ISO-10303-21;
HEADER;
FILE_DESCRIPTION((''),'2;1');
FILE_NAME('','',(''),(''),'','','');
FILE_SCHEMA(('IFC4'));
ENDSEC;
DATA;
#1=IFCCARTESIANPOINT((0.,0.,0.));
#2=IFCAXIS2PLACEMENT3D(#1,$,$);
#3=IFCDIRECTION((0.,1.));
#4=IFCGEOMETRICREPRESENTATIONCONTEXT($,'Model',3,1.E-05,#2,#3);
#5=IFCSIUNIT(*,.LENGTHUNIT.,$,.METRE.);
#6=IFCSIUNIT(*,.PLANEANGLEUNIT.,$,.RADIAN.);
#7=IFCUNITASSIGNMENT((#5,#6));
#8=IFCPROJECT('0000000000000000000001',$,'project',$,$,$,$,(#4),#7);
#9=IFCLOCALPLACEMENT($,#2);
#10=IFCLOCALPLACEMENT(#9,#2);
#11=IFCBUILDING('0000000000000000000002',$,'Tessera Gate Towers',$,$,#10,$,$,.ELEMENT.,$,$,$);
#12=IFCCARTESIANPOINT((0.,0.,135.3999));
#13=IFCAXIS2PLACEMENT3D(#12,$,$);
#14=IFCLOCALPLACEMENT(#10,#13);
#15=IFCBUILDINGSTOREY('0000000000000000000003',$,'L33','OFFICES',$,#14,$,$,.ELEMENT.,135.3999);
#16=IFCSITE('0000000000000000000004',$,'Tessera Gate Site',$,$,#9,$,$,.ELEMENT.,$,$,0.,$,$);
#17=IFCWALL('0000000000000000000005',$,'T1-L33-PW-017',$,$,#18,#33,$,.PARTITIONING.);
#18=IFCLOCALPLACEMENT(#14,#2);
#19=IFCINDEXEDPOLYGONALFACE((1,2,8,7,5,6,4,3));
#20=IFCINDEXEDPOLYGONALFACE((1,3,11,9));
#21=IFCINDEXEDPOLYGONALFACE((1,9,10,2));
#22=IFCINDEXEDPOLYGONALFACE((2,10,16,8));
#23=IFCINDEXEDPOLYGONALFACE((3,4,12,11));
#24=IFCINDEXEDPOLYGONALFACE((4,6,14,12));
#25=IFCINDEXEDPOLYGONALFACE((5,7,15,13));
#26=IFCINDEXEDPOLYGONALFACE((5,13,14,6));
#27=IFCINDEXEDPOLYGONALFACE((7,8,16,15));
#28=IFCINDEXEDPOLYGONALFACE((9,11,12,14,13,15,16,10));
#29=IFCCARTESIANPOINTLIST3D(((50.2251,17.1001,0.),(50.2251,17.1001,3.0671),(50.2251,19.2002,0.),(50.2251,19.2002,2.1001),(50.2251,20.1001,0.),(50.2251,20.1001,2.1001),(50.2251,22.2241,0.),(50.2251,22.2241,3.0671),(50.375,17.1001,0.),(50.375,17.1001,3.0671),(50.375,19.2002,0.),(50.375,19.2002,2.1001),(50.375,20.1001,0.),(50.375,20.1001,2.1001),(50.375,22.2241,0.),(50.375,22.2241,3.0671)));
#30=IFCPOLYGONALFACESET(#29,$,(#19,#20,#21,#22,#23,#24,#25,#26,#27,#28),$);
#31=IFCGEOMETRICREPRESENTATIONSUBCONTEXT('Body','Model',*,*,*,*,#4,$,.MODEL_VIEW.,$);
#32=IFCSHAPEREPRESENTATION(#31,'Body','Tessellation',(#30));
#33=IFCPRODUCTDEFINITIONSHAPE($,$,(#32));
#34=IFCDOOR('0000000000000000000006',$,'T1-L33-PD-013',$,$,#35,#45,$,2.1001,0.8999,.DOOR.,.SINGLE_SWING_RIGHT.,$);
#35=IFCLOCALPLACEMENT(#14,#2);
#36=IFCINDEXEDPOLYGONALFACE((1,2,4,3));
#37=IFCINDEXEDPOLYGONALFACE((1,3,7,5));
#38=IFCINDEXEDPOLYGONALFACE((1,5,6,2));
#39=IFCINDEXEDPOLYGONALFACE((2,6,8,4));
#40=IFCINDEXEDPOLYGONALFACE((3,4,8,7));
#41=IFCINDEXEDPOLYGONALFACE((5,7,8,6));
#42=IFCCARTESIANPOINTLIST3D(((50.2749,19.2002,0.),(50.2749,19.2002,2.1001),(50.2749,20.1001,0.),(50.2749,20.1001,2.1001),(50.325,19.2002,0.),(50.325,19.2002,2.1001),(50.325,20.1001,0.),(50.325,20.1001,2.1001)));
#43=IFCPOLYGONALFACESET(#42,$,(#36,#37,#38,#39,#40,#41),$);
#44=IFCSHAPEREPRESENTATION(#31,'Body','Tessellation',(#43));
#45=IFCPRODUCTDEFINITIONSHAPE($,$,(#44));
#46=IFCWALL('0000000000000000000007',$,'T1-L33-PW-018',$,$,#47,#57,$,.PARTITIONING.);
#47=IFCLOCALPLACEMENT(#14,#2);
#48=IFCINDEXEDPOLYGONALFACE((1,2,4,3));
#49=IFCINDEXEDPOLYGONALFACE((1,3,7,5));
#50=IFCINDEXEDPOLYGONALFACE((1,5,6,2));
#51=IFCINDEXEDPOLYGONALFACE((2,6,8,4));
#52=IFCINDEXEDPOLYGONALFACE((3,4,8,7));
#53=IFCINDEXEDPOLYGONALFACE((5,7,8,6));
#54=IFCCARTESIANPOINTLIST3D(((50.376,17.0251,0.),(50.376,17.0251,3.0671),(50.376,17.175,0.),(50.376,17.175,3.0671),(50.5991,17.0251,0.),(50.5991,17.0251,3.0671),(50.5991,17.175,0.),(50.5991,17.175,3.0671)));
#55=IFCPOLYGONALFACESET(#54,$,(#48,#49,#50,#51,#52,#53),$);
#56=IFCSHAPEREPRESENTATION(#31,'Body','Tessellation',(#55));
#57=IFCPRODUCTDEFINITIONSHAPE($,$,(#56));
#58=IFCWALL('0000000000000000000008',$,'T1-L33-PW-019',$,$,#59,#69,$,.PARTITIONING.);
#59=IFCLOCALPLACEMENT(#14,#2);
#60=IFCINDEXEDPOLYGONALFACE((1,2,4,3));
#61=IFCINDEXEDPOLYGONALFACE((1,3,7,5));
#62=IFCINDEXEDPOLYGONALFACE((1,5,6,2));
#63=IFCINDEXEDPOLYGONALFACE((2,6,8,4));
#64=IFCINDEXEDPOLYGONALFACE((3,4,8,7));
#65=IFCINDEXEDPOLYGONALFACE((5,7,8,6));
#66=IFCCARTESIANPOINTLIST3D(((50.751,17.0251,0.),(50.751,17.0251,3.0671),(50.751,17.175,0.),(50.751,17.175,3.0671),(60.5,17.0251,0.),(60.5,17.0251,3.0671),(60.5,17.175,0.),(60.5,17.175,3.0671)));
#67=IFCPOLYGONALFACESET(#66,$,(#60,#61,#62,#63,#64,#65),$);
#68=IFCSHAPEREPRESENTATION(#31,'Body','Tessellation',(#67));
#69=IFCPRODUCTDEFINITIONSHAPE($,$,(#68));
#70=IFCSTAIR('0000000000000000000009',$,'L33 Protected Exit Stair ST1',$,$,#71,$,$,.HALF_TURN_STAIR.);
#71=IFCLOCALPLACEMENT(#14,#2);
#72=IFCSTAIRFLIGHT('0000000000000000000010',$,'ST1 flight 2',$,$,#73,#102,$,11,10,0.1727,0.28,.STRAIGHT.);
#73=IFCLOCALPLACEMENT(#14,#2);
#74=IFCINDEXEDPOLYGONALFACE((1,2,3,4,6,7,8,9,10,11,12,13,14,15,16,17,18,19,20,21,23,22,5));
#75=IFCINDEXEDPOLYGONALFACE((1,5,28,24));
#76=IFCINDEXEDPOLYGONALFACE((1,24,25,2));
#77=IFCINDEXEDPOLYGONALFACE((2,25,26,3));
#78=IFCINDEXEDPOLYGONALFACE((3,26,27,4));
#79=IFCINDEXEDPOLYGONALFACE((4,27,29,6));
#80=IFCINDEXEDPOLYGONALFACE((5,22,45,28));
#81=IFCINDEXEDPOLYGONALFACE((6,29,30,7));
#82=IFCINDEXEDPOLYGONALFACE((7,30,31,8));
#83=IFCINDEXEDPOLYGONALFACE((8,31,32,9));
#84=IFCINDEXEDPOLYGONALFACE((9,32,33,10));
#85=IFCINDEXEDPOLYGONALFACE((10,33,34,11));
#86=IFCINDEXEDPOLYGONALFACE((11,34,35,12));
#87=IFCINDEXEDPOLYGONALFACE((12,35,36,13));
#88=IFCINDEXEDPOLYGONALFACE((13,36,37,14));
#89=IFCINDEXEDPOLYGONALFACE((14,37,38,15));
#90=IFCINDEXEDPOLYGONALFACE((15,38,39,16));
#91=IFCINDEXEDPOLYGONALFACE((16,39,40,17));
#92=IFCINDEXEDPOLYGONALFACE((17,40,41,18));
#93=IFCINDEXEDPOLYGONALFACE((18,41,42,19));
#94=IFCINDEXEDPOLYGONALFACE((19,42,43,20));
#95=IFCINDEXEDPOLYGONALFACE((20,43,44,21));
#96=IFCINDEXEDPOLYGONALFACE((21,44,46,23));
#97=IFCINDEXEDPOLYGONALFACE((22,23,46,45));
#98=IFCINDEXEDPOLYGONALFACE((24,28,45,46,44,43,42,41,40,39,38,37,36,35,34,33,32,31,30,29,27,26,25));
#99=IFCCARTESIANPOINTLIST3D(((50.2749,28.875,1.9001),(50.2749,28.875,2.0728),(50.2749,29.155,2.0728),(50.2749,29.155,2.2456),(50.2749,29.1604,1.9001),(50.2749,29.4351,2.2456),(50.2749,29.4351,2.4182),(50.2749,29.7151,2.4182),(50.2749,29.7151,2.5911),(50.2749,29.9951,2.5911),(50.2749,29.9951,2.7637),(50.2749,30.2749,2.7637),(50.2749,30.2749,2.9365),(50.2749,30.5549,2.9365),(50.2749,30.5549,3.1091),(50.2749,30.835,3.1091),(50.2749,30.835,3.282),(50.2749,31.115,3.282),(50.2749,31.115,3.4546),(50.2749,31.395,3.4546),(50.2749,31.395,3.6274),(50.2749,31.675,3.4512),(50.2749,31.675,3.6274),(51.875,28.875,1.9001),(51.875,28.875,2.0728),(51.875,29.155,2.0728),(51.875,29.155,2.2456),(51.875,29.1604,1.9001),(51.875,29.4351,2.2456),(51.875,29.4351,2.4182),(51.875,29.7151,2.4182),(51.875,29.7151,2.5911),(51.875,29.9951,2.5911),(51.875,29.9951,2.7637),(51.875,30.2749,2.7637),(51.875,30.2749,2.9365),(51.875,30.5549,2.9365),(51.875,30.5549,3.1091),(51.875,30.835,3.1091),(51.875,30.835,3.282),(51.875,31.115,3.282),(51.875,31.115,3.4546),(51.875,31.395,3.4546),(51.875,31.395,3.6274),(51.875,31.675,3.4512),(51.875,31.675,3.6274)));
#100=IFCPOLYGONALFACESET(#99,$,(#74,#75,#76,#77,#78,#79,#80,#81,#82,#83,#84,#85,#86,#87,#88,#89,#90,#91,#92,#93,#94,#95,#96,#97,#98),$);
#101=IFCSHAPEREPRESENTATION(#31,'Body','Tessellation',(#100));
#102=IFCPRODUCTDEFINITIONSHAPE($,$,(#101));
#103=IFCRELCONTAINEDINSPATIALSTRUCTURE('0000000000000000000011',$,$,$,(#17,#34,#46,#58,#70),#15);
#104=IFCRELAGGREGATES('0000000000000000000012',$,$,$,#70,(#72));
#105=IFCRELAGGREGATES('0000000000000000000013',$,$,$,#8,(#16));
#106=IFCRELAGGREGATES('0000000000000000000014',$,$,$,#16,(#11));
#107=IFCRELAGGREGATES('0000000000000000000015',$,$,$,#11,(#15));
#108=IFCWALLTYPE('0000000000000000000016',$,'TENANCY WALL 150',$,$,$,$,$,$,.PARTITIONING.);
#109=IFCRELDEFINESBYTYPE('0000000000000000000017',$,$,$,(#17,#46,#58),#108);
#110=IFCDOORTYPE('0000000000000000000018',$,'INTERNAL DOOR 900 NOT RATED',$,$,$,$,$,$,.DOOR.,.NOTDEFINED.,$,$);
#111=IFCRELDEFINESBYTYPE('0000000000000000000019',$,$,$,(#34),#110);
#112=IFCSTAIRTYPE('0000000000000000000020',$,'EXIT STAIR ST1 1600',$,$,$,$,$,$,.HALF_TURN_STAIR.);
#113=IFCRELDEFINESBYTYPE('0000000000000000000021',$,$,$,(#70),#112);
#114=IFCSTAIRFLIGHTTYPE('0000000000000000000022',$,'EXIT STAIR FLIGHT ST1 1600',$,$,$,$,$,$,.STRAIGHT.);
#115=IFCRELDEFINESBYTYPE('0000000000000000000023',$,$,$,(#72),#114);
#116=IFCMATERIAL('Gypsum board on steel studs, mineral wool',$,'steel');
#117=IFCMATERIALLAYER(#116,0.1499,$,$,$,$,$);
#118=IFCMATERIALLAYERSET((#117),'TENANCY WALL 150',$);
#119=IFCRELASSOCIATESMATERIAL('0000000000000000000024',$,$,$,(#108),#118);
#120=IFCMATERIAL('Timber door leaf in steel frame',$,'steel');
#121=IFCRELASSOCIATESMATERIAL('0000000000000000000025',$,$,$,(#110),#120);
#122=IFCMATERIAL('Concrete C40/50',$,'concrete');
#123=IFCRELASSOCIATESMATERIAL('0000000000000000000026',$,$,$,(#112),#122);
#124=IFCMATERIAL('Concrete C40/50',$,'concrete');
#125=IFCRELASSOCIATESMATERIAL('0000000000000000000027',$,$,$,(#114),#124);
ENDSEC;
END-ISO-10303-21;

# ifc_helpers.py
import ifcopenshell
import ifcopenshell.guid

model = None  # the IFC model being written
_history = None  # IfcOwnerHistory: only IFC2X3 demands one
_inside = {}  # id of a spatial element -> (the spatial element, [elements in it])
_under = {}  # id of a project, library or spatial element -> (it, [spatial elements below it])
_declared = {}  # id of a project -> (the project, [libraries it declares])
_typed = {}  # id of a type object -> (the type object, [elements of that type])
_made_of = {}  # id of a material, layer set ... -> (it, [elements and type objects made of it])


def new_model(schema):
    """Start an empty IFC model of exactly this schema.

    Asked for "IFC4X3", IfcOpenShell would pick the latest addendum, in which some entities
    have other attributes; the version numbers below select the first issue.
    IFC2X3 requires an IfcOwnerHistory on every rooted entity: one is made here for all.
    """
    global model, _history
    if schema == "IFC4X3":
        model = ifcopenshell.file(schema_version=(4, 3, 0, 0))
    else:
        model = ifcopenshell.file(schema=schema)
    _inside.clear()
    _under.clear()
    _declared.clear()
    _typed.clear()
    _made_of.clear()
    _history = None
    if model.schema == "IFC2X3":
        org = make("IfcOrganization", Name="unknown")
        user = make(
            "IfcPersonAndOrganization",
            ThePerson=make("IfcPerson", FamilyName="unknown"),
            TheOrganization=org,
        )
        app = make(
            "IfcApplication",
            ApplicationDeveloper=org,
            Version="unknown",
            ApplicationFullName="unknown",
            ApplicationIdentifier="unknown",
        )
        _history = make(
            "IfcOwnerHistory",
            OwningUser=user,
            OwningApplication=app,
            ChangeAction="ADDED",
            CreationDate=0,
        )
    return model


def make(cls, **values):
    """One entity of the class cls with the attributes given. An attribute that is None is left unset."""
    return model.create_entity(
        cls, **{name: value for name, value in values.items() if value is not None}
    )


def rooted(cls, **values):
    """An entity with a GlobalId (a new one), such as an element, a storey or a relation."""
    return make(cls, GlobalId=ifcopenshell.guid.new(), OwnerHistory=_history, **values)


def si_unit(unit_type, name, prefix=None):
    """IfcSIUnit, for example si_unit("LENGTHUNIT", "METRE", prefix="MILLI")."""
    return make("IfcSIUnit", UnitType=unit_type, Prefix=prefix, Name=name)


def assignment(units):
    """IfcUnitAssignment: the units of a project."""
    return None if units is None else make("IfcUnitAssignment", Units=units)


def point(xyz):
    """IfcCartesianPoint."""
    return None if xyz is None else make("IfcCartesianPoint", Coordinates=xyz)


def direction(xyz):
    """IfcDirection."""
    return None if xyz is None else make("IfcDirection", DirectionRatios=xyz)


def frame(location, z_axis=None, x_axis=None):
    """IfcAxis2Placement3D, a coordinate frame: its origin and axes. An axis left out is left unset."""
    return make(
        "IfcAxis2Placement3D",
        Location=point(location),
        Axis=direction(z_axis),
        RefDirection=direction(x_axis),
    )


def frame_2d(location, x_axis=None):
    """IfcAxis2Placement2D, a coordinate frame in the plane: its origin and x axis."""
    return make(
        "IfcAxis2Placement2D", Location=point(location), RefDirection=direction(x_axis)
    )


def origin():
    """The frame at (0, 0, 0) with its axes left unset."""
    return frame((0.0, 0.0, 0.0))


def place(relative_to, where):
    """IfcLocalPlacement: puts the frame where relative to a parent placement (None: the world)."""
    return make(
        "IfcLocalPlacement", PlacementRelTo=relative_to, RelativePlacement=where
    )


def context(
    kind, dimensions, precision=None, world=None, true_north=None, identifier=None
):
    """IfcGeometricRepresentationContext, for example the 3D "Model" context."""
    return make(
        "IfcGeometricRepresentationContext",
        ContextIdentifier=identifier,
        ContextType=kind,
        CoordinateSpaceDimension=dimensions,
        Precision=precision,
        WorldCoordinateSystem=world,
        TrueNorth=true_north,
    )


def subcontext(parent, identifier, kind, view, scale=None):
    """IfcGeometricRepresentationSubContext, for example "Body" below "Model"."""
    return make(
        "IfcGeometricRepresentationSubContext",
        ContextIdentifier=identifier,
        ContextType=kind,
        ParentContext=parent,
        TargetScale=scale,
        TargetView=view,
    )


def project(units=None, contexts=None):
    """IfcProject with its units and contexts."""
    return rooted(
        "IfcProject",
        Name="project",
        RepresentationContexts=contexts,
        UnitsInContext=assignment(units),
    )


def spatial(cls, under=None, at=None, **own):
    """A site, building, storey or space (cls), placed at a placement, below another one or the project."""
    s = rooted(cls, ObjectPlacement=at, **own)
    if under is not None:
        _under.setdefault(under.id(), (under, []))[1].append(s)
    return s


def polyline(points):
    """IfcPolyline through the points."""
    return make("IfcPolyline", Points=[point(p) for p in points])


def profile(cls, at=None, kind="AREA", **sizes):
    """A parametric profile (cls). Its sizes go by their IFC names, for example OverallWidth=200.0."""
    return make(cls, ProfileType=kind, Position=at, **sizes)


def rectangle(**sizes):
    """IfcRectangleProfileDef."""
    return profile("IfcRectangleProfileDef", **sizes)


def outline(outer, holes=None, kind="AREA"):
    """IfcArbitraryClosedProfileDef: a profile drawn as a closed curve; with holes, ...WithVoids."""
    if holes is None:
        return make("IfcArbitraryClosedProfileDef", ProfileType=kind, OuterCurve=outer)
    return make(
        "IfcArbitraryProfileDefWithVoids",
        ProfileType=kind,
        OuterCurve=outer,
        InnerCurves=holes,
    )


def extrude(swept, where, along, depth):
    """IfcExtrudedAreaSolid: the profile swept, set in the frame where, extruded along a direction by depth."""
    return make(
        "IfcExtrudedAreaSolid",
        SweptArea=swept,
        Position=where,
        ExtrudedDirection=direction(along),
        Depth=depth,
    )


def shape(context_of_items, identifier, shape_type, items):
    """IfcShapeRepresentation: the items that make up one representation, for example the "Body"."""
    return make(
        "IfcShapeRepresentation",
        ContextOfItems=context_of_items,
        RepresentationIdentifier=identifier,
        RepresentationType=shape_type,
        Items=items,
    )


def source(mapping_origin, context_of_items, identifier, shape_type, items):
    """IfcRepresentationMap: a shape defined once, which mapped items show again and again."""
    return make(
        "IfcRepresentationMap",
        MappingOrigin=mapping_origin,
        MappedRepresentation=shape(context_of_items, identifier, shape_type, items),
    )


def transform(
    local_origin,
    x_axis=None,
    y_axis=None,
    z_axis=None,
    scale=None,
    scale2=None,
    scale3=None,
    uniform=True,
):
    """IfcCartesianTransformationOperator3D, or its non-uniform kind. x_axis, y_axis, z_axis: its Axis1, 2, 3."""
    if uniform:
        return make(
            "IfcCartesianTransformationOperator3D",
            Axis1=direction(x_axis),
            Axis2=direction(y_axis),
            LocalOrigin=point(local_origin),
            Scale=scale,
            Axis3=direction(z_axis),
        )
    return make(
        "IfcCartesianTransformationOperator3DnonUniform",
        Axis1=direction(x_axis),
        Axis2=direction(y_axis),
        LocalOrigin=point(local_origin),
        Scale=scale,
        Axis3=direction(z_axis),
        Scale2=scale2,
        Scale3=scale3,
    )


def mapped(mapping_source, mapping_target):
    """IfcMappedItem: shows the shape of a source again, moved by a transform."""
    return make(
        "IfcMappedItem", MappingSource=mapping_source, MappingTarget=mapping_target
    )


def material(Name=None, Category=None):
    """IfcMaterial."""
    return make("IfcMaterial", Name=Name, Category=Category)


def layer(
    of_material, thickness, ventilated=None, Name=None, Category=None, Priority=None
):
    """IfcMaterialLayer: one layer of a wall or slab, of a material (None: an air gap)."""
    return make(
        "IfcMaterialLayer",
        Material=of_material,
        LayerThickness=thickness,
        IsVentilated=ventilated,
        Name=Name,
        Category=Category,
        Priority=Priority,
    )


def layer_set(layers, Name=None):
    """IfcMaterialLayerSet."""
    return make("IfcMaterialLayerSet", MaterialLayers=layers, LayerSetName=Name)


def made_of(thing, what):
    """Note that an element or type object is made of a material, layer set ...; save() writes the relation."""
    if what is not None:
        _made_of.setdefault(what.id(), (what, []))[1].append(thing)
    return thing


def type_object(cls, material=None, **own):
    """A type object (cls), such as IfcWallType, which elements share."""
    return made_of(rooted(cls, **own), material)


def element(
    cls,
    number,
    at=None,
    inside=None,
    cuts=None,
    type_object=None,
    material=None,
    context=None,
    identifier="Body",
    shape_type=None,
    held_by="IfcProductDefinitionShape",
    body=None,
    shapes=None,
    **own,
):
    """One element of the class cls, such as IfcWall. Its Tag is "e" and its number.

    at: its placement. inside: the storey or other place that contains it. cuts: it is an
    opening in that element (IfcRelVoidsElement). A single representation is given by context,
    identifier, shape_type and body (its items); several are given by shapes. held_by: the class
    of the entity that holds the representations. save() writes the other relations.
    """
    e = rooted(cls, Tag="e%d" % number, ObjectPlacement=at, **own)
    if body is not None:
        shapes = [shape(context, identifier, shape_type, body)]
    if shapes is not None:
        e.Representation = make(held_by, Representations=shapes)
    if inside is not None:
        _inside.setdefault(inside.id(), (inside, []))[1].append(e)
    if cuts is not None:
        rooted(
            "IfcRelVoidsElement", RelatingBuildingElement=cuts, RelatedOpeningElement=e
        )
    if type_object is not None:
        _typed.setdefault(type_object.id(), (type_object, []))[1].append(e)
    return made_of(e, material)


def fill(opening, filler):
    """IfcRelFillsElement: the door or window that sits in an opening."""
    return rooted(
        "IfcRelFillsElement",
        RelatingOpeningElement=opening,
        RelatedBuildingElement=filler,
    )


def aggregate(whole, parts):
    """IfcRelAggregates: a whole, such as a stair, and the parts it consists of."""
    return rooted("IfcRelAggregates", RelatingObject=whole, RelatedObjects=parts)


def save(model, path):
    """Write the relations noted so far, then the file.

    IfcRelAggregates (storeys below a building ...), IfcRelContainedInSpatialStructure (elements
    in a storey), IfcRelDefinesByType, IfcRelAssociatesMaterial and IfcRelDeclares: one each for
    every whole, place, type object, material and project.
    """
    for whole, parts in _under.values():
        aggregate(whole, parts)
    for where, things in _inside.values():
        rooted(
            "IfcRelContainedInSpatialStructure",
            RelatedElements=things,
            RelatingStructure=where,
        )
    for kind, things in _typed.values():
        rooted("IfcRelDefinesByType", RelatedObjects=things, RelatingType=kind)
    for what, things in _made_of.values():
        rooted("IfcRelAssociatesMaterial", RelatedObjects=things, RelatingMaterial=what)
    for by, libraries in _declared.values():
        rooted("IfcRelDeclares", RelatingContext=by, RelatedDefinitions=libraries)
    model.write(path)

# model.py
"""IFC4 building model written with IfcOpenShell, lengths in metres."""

from ifc_helpers import new_model, si_unit, direction, frame, frame_2d, origin, place, context, subcontext, project, spatial, polyline, rectangle, outline, extrude, source, transform, mapped, material, layer, layer_set, type_object, element, fill, aggregate, save


model = new_model("IFC4")

# Units and contexts
model_context = context("Model", 3, precision=1e-05, world=origin(), true_north=direction((0.0, 1.0)))
body_context = subcontext(model_context, "Body", "Model", "MODEL_VIEW")
ifc_project = project(units=[si_unit("LENGTHUNIT", "METRE"), si_unit("PLANEANGLEUNIT", "RADIAN")], contexts=[model_context])

# Site, building, storey
site_placement = place(None, origin())
site = spatial("IfcSite", under=ifc_project, at=site_placement, Name="Tessera Gate Site", CompositionType="ELEMENT", RefElevation=0.0)
building_placement = place(site_placement, origin())
building = spatial("IfcBuilding", under=site, at=building_placement, Name="Tessera Gate Towers", CompositionType="ELEMENT")
storey_placement = place(building_placement, frame((0.0, 0.0, 135.3999)))
storey = spatial("IfcBuildingStorey", under=building, at=storey_placement, Name="L33", Description="OFFICES", CompositionType="ELEMENT", Elevation=135.3999)

# Shared definitions
shared_shape_1 = source(origin(), body_context, "Body", "SweptSolid", [
    extrude(rectangle(XDim=0.8999, YDim=2.1001, at=frame_2d((0.45, 1.05))), frame((0.0, 0.0249, 0.0), z_axis=(0.0, -1.0, 0.0), x_axis=(1.0, 0.0, 0.0)), (0.0, 0.0, 1.0), 0.05),
])

# Shared definitions
shared_shape_2 = source(origin(), body_context, "Body", "SweptSolid", [
    extrude(rectangle(XDim=0.8999, YDim=2.1001, at=frame_2d((0.45, 1.05))), frame((0.0, 0.085, 0.0), z_axis=(0.0, -1.0, 0.0), x_axis=(1.0, 0.0, 0.0)), (0.0, 0.0, 1.0), 0.1699),
])
ifc_material_1 = material(Name="Gypsum board on steel studs, mineral wool", Category="steel")
ifc_layer_1 = layer(ifc_material_1, 0.1499)
ifc_layer_set_1 = layer_set([ifc_layer_1], Name="TENANCY WALL 150")
wall_type_1 = type_object("IfcWallType", Name="TENANCY WALL 150", PredefinedType="PARTITIONING", material=ifc_layer_set_1)
ifc_material_2 = material(Name="Timber door leaf in steel frame", Category="steel")
door_type_1 = type_object("IfcDoorType", Name="INTERNAL DOOR 900 NOT RATED", OperationType="NOTDEFINED", PredefinedType="DOOR", material=ifc_material_2)

# Wall, opening, door
wall_1_placement = place(storey_placement, frame((50.3, 22.2241, 0.0), z_axis=(0.0, 0.0, 1.0), x_axis=(0.0, -1.0, 0.0)))
wall_1 = element("IfcWall", 1, at=wall_1_placement, inside=storey, type_object=wall_type_1, Name="T1-L33-PW-017", PredefinedType="PARTITIONING", context=body_context, shape_type="SweptSolid", body=[
    extrude(rectangle(XDim=5.124, YDim=0.1499, at=frame_2d((2.562, 0.0))), origin(), (0.0, 0.0, 1.0), 3.0671),
])
opening_1_placement = place(wall_1_placement, frame((2.124, 0.0, 0.0)))
opening_1 = element("IfcOpeningElement", 2, at=opening_1_placement, cuts=wall_1, PredefinedType="OPENING", context=body_context, shape_type="MappedRepresentation", body=[
    mapped(shared_shape_2, transform((0.0, 0.0, 0.0), scale=1.0)),
])
door_1_placement = place(opening_1_placement, origin())
door_1 = element("IfcDoor", 3, at=door_1_placement, inside=storey, type_object=door_type_1, Name="T1-L33-PD-013", OperationType="SINGLE_SWING_RIGHT", OverallHeight=2.1001, OverallWidth=0.8999, PredefinedType="DOOR", context=body_context, shape_type="MappedRepresentation", body=[
    mapped(shared_shape_1, transform((0.0, 0.0, 0.0), scale=1.0)),
])
fill(opening_1, door_1)

# Walls
wall_2_placement = place(storey_placement, frame((50.376, 17.1001, 0.0), z_axis=(0.0, 0.0, 1.0), x_axis=(1.0, 0.0, 0.0)))
element("IfcWall", 4, at=wall_2_placement, inside=storey, type_object=wall_type_1, Name="T1-L33-PW-018", PredefinedType="PARTITIONING", context=body_context, shape_type="SweptSolid", body=[
    extrude(rectangle(XDim=0.2231, YDim=0.1499, at=frame_2d((0.1116, 0.0))), origin(), (0.0, 0.0, 1.0), 3.0671),
])
wall_3_placement = place(storey_placement, frame((50.751, 17.1001, 0.0), z_axis=(0.0, 0.0, 1.0), x_axis=(1.0, 0.0, 0.0)))
element("IfcWall", 5, at=wall_3_placement, inside=storey, type_object=wall_type_1, Name="T1-L33-PW-019", PredefinedType="PARTITIONING", context=body_context, shape_type="SweptSolid", body=[
    extrude(rectangle(XDim=9.749, YDim=0.1499, at=frame_2d((4.8745, 0.0))), origin(), (0.0, 0.0, 1.0), 3.0671),
])

# Stair, stair flight
ifc_material_3 = material(Name="Concrete C40/50", Category="concrete")
stair_type = type_object("IfcStairType", Name="EXIT STAIR ST1 1600", PredefinedType="HALF_TURN_STAIR", material=ifc_material_3)
stair_placement = place(storey_placement, origin())
stair = element("IfcStair", 6, at=stair_placement, inside=storey, type_object=stair_type, Name="L33 Protected Exit Stair ST1", PredefinedType="HALF_TURN_STAIR")
ifc_material_4 = material(Name="Concrete C40/50", Category="concrete")
stair_flight_type = type_object("IfcStairFlightType", Name="EXIT STAIR FLIGHT ST1 1600", PredefinedType="STRAIGHT", material=ifc_material_4)
stair_flight_placement = place(storey_placement, frame((51.075, 28.875, 1.9001), z_axis=(0.0, 0.0, 1.0), x_axis=(0.0, 1.0, 0.0)))
stair_flight = element("IfcStairFlight", 7, at=stair_flight_placement, type_object=stair_flight_type, Name="ST1 flight 2", NumberOfRisers=11, NumberOfTreads=10, PredefinedType="STRAIGHT", RiserHeight=0.1727, TreadLength=0.28, context=body_context, shape_type="SweptSolid", body=[
    extrude(outline(polyline([(0.0, 0.0), (0.0, 0.1726), (0.28, 0.1726), (0.28, 0.3455), (0.5601, 0.3455), (0.5601, 0.5181), (0.8401, 0.5181), (0.8401, 0.6909), (1.1201, 0.6909), (1.1201, 0.8635), (1.3999, 0.8635), (1.3999, 1.0364), (1.6799, 1.0364), (1.6799, 1.209), (1.96, 1.209), (1.96, 1.3818), (2.24, 1.3818), (2.24, 1.5544), (2.52, 1.5544), (2.52, 1.7273), (2.8, 1.7273), (2.8, 1.8999), (2.8, 1.551), (0.2854, 0.0), (0.0, 0.0)])), frame((0.0, 0.8, 0.0), z_axis=(0.0, -1.0, 0.0), x_axis=(1.0, 0.0, 0.0)), (0.0, 0.0, 1.0), 1.6001),
])
aggregate(stair, [stair_flight])

save(model, "model.ifc")
